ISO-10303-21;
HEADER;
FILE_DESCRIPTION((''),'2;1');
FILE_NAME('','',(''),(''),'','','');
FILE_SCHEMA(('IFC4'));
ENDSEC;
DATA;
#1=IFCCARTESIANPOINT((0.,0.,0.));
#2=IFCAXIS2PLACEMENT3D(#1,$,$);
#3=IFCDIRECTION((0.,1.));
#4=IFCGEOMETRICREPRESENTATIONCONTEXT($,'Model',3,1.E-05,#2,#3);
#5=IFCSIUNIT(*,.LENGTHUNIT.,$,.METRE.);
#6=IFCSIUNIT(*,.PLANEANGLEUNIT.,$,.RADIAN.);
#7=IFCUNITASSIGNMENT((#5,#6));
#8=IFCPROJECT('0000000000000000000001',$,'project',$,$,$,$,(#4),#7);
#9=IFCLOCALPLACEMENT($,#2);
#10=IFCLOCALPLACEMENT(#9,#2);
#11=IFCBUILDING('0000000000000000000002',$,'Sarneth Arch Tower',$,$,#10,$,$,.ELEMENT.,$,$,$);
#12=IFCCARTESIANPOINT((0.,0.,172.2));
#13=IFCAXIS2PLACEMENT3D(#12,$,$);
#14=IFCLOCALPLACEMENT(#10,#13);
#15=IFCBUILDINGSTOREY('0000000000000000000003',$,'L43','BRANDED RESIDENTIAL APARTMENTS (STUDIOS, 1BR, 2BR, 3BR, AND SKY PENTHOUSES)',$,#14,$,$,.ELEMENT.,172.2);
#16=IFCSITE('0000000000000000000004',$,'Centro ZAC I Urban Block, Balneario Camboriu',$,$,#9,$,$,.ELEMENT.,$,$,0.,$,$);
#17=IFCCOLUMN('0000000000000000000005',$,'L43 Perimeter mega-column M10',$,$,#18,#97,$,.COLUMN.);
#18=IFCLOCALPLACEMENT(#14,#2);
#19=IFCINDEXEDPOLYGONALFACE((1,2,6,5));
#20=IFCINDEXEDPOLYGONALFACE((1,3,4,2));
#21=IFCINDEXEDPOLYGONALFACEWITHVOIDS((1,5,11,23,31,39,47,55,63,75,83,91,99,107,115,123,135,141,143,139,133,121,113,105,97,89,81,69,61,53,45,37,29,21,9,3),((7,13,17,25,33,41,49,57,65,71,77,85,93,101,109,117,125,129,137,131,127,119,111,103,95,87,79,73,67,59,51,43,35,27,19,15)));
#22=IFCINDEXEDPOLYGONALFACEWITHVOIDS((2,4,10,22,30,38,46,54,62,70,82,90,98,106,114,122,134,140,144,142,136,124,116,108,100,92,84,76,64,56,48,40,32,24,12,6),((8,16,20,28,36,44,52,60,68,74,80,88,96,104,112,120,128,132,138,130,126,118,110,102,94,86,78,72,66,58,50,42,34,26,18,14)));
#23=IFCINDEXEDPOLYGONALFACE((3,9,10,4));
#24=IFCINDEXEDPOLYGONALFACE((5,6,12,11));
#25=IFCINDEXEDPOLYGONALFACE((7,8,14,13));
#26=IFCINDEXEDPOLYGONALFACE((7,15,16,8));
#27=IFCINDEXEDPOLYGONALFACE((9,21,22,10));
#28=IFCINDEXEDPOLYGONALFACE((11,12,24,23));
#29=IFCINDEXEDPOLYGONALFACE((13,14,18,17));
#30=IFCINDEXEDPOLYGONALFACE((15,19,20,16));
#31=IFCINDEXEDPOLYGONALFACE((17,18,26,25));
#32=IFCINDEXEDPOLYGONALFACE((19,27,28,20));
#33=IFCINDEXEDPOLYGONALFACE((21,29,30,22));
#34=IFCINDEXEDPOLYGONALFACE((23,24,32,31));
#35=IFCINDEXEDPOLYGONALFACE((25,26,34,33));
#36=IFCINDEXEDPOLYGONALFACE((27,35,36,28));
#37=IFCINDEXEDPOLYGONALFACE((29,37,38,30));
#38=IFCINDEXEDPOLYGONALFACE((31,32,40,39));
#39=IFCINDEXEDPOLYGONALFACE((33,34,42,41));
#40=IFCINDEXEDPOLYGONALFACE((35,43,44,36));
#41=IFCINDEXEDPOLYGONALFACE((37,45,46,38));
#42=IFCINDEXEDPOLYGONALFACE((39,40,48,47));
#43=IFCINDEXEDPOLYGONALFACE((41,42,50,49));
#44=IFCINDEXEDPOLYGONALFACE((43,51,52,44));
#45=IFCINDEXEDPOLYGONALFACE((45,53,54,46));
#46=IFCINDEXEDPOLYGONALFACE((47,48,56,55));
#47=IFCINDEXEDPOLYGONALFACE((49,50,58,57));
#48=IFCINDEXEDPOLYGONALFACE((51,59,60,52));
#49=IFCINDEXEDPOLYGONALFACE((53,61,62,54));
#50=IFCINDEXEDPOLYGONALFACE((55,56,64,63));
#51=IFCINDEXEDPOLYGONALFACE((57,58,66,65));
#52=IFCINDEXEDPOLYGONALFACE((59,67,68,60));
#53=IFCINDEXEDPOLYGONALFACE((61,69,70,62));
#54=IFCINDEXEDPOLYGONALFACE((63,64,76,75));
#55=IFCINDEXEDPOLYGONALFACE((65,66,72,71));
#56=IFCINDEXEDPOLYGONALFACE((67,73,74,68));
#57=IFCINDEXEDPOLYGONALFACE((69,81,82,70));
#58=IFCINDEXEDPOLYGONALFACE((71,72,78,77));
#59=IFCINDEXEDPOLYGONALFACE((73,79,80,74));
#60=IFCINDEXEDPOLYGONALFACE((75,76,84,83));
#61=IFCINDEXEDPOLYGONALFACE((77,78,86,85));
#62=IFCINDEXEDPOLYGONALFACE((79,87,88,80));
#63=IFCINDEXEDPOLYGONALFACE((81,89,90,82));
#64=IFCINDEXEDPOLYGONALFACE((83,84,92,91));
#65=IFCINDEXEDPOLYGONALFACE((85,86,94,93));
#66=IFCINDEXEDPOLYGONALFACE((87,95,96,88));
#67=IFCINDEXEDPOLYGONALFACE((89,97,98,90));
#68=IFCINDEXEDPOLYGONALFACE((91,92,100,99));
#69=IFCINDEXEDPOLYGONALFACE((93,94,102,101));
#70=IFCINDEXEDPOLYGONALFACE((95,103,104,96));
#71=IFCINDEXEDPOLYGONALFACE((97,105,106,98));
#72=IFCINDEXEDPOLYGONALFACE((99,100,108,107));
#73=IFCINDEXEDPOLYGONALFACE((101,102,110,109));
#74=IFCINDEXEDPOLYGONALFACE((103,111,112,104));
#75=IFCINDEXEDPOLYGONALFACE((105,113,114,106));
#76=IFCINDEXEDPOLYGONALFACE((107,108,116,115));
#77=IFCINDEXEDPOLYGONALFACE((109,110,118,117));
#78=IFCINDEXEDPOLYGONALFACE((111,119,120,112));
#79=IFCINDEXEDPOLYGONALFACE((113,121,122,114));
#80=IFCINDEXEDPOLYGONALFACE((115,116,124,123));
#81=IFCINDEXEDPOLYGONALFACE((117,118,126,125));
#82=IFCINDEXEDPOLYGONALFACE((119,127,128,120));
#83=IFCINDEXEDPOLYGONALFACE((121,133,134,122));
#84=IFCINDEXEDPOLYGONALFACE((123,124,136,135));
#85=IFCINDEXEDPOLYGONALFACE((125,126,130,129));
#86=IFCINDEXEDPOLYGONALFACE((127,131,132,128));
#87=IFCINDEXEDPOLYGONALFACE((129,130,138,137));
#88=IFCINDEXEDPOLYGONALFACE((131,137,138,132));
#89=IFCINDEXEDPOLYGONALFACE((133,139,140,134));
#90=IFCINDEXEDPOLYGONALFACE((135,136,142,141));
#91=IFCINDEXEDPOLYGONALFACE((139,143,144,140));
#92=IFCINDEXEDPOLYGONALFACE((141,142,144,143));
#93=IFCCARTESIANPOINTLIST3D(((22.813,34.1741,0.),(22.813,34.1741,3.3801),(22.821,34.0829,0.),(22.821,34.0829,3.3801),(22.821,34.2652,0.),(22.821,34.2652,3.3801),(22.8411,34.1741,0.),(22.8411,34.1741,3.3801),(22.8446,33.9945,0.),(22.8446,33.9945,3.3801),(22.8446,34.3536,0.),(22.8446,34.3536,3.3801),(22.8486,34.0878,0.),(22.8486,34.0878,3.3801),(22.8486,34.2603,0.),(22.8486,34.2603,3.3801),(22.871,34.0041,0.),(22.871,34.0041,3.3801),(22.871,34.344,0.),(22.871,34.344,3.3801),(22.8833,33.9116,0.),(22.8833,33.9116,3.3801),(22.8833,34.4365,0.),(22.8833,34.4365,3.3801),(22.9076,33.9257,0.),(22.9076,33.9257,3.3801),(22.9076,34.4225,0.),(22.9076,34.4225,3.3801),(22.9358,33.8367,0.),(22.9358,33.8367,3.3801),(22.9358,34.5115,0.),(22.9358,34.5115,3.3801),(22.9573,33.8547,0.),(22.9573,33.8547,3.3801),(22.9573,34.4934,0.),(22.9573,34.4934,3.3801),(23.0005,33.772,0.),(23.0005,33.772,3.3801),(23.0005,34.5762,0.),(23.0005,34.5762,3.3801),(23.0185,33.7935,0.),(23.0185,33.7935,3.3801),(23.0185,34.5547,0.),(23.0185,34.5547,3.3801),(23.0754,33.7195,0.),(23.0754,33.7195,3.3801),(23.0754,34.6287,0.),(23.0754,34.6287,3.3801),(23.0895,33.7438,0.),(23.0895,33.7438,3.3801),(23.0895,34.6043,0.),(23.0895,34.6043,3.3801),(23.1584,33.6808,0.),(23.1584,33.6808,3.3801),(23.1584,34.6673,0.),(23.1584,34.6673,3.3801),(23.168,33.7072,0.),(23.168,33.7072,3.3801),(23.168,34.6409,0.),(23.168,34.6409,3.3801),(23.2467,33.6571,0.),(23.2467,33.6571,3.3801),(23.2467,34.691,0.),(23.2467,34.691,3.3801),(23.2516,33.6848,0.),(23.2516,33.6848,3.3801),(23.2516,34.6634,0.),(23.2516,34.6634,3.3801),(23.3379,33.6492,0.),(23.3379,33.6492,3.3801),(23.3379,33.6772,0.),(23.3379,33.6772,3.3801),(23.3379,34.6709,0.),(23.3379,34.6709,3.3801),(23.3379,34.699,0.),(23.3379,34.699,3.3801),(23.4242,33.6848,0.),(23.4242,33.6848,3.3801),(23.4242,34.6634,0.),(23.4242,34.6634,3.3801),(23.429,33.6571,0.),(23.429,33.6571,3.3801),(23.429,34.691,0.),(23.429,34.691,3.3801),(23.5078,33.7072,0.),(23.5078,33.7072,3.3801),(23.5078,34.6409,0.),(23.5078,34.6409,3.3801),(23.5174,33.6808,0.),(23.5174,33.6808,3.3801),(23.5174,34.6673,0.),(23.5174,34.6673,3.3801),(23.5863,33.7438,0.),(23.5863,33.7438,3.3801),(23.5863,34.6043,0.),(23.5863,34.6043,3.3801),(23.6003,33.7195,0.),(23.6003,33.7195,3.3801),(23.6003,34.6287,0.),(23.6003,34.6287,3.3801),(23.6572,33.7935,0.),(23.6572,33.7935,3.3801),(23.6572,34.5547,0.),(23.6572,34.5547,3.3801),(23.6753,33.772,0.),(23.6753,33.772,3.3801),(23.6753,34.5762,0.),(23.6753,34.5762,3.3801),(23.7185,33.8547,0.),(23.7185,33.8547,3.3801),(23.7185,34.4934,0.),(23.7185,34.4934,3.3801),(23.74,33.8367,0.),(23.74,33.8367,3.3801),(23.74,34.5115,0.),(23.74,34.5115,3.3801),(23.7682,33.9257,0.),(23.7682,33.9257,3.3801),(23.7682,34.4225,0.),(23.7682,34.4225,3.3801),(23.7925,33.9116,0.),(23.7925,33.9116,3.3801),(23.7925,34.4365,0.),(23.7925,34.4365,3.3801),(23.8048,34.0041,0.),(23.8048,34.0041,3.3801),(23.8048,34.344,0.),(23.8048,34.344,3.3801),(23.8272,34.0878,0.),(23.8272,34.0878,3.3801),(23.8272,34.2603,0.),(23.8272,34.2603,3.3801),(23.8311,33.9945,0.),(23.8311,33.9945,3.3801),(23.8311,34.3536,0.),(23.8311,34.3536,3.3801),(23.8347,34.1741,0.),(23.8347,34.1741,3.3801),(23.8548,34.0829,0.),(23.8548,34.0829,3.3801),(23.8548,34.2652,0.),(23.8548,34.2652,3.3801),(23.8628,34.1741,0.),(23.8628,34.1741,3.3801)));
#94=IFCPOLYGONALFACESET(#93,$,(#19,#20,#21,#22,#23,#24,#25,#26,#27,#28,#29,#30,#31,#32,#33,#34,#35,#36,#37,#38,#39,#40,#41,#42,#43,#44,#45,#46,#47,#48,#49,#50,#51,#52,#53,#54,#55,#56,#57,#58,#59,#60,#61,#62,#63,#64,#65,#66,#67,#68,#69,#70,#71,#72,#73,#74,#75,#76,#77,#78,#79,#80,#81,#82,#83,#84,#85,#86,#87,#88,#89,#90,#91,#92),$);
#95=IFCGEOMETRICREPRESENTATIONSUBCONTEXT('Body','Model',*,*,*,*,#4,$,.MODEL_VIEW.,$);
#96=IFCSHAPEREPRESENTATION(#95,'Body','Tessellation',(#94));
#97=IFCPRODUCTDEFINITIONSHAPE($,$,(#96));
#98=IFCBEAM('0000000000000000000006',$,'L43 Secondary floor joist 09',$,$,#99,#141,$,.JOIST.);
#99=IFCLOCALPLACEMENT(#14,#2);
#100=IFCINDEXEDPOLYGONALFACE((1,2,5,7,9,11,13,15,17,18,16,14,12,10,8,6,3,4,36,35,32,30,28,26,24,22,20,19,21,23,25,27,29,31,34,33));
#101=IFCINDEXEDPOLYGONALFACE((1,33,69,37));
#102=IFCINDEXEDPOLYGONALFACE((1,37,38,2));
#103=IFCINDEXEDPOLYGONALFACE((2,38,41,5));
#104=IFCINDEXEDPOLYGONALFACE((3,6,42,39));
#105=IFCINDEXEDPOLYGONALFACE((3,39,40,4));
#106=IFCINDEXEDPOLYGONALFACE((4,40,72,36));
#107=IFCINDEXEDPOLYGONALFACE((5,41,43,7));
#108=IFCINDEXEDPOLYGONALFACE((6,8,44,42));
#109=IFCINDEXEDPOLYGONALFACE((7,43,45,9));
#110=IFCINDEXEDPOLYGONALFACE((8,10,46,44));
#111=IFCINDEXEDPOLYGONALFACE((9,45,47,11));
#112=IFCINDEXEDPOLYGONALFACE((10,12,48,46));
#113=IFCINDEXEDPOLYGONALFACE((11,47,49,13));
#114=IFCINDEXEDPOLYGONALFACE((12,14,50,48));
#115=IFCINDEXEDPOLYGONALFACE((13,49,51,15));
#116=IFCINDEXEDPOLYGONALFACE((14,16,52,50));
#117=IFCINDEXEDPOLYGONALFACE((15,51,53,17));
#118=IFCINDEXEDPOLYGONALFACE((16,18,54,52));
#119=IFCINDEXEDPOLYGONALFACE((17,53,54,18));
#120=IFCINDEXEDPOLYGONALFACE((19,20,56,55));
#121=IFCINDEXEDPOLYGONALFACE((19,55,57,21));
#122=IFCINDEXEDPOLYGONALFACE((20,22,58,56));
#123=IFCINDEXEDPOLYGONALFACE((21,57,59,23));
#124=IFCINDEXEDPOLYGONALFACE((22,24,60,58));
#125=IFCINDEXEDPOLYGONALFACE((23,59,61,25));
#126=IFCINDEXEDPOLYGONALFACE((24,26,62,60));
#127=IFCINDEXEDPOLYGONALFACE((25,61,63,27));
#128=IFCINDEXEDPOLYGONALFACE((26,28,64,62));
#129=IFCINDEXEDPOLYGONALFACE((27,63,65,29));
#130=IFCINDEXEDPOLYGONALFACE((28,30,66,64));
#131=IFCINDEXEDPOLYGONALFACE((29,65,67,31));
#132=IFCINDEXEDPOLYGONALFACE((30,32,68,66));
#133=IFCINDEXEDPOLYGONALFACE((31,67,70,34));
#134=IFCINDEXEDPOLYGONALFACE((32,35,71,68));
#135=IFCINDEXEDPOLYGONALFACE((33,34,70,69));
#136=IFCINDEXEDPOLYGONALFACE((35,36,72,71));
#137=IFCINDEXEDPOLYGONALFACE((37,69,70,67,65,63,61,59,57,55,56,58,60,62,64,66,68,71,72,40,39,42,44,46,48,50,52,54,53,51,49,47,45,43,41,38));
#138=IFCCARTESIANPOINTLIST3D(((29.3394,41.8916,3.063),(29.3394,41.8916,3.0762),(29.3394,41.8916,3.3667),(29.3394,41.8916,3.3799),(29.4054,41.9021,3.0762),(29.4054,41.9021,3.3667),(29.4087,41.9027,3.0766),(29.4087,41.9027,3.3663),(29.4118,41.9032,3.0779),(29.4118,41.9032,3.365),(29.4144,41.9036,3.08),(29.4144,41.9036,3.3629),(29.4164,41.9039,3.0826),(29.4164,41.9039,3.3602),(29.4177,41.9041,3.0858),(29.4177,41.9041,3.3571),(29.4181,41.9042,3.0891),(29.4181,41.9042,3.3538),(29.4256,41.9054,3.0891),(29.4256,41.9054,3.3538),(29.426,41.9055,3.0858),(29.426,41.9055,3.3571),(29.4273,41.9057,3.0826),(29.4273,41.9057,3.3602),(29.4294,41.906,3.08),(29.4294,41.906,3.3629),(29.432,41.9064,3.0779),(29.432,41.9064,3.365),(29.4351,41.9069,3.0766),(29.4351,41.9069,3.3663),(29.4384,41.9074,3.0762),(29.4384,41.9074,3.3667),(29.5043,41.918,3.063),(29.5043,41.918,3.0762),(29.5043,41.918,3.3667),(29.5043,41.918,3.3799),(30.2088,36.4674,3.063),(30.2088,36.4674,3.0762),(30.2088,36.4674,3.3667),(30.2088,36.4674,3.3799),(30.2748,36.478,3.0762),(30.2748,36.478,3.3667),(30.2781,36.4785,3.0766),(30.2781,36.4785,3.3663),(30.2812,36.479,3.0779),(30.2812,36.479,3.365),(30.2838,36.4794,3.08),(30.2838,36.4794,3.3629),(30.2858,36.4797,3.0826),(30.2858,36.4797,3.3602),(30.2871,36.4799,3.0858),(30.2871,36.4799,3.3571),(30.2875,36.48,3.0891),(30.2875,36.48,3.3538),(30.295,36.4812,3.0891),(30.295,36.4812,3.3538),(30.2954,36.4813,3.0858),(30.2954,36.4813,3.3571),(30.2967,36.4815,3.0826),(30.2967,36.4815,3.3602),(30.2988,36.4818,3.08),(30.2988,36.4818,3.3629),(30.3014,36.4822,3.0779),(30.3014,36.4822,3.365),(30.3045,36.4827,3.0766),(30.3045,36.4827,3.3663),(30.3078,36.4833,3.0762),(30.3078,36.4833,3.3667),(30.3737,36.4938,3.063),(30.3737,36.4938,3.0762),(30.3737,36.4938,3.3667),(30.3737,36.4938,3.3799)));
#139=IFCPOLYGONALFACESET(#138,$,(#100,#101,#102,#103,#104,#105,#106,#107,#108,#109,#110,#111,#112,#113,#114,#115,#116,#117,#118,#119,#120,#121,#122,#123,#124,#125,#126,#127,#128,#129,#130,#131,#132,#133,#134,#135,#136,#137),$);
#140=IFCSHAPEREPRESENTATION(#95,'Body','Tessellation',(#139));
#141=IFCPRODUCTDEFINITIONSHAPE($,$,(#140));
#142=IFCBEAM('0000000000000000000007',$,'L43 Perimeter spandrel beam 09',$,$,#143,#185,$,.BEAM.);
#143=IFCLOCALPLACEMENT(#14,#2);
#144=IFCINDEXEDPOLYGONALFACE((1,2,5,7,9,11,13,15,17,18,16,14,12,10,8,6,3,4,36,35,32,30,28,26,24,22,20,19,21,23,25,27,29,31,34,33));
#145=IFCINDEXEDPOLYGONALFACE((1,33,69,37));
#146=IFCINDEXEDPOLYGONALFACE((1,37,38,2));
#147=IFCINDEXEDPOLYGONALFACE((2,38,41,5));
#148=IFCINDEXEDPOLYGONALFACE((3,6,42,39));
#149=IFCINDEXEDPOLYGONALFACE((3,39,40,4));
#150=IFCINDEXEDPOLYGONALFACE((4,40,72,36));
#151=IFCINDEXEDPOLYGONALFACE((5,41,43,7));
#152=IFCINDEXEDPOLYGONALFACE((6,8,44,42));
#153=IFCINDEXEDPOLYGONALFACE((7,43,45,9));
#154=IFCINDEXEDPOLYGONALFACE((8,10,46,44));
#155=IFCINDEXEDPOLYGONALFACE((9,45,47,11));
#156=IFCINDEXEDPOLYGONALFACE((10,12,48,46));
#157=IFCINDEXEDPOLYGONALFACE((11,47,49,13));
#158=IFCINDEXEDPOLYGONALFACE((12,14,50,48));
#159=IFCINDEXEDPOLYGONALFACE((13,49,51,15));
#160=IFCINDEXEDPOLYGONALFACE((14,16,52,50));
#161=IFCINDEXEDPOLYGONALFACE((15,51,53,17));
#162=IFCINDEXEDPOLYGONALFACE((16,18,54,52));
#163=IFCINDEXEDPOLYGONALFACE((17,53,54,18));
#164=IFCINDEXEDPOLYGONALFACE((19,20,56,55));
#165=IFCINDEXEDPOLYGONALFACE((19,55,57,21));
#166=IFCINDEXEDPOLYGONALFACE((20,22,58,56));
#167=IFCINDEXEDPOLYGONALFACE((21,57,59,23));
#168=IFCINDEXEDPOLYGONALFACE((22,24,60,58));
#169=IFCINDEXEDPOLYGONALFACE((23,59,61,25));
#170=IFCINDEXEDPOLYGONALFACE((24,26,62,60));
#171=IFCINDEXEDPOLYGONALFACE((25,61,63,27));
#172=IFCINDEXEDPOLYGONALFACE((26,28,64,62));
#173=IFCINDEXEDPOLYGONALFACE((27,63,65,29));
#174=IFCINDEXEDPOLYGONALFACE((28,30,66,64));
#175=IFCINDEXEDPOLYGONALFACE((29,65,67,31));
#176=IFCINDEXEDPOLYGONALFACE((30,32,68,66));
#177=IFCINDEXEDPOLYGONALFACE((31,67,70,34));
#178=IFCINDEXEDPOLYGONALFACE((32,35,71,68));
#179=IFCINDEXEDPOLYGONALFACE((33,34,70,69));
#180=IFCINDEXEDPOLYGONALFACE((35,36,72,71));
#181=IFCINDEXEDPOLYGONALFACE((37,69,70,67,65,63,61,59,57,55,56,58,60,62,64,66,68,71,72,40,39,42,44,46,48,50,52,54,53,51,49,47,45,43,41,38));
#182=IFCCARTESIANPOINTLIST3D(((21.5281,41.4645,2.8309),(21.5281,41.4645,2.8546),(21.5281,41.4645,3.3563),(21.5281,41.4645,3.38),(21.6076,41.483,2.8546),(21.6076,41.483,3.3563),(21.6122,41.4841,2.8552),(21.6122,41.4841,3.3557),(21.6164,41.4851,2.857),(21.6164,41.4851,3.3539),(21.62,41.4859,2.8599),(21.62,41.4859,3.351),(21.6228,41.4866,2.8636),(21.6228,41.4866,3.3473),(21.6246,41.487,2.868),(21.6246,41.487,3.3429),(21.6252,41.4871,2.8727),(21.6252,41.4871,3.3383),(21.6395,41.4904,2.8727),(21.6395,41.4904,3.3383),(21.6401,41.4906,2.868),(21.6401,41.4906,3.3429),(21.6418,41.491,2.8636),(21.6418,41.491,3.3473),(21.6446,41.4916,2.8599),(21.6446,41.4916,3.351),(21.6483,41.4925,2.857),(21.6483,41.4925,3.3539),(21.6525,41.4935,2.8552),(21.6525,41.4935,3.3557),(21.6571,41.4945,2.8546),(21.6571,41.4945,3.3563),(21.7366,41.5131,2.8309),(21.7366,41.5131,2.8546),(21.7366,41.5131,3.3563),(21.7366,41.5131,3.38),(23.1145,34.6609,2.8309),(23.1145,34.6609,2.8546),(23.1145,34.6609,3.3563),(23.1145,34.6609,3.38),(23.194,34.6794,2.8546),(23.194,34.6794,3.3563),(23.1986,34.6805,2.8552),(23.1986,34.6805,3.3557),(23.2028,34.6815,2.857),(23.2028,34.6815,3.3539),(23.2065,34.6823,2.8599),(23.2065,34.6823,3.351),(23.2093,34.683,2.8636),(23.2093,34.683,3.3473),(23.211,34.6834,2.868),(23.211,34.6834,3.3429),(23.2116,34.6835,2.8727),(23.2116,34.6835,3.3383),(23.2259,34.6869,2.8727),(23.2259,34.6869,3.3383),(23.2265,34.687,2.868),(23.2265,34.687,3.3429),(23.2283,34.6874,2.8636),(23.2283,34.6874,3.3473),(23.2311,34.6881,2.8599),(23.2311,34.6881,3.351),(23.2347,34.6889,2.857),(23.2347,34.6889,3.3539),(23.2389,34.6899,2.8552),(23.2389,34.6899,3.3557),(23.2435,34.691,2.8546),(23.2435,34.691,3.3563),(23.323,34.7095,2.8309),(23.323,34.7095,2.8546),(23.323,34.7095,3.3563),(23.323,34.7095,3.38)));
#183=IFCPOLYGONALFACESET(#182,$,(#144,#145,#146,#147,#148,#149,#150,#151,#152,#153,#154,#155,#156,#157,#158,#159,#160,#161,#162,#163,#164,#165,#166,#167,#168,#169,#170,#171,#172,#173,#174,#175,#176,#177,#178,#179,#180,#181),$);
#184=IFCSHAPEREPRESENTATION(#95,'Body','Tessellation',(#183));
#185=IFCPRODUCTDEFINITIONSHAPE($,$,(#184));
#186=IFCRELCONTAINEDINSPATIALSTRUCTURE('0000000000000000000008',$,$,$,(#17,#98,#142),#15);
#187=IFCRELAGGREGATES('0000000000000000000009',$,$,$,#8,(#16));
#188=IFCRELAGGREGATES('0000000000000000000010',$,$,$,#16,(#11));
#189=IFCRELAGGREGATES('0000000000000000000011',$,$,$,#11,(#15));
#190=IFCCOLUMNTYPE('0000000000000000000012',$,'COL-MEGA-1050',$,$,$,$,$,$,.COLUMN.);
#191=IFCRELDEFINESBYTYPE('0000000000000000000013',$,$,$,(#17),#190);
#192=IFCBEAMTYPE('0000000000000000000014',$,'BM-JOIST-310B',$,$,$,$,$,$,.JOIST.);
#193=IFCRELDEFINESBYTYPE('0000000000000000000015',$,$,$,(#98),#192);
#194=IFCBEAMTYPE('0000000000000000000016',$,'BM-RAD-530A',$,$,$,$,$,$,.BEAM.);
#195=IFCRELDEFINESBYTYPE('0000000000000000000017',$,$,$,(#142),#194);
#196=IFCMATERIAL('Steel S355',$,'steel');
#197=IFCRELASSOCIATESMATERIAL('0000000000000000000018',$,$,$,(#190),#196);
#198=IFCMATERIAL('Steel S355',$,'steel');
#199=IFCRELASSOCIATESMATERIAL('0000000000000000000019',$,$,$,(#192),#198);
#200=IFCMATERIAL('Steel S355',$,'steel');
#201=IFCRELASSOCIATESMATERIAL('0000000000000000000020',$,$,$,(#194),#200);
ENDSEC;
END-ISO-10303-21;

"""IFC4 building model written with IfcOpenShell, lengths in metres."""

from ifc_helpers import new_model, si_unit, direction, frame, origin, origin_2d, place, context, subcontext, project, spatial, hollow_circle, i_section, extrude, material, material_profile, profile_set, type_object, element, save


model = new_model("IFC4")

# Units and contexts
model_context = context("Model", 3, precision=1e-05, world=origin(), true_north=direction((0.0, 1.0)))
body_context = subcontext(model_context, "Body", "Model", "MODEL_VIEW")
ifc_project = project(units=[si_unit("LENGTHUNIT", "METRE"), si_unit("PLANEANGLEUNIT", "RADIAN")], contexts=[model_context])

# Site, building, storey
site_placement = place(None, origin())
site = spatial("IfcSite", under=ifc_project, at=site_placement, Name="Centro ZAC I Urban Block, Balneario Camboriu", CompositionType="ELEMENT", RefElevation=0.0)
building_placement = place(site_placement, origin())
building = spatial("IfcBuilding", under=site, at=building_placement, Name="Sarneth Arch Tower", CompositionType="ELEMENT")
storey_placement = place(building_placement, frame((0.0, 0.0, 172.2)))
storey = spatial("IfcBuildingStorey", under=building, at=storey_placement, Name="L43", Description="BRANDED RESIDENTIAL APARTMENTS (STUDIOS, 1BR, 2BR, 3BR, AND SKY PENTHOUSES)", CompositionType="ELEMENT", Elevation=172.2)

# Column
ifc_material_1 = material(Name="Steel S355", Category="steel")
ifc_material_profile_1 = material_profile(ifc_material_1, hollow_circle(Radius=0.5249, WallThickness=0.0281, at=origin_2d()), Name="CHS1050x28")
ifc_profile_set_1 = profile_set([ifc_material_profile_1], Name="Steel S355")
column_type = type_object("IfcColumnType", Name="COL-MEGA-1050", PredefinedType="COLUMN", material=ifc_profile_set_1)
column_placement = place(storey_placement, frame((23.3379, 34.1741, 0.0), z_axis=(0.0, 0.0, 1.0), x_axis=(1.0, 0.0, 0.0)))
element("IfcColumn", 1, at=column_placement, inside=storey, type_object=column_type, Name="L43 Perimeter mega-column M10", PredefinedType="COLUMN", context=body_context, shape_type="SweptSolid", body=[
    extrude(hollow_circle(Radius=0.5249, WallThickness=0.0281, at=origin_2d()), origin(), (0.0, 0.0, 1.0), 3.3801),
])

# Beams
ifc_material_2 = material(Name="Steel S355", Category="steel")
ifc_material_profile_2 = material_profile(ifc_material_2, i_section(OverallWidth=0.167, OverallDepth=0.3169, WebThickness=0.0076, FlangeThickness=0.0132, FilletRadius=0.0129, at=origin_2d()), Name="W310x52")
ifc_profile_set_2 = profile_set([ifc_material_profile_2], Name="Steel S355")
beam_type_1 = type_object("IfcBeamType", Name="BM-JOIST-310B", PredefinedType="JOIST", material=ifc_profile_set_2)
beam_1_placement = place(storey_placement, frame((29.4219, 41.9048, 3.2214), z_axis=(0.158263, -0.987397, 0.0), x_axis=(0.987397, 0.158263, 0.0)))
element("IfcBeam", 2, at=beam_1_placement, inside=storey, type_object=beam_type_1, Name="L43 Secondary floor joist 09", PredefinedType="JOIST", context=body_context, shape_type="SweptSolid", body=[
    extrude(i_section(OverallWidth=0.167, OverallDepth=0.3169, WebThickness=0.0076, FlangeThickness=0.0132, FilletRadius=0.0129, at=origin_2d()), origin(), (0.0, 0.0, 1.0), 5.4934),
])
ifc_material_3 = material(Name="Steel S355", Category="steel")
ifc_material_profile_3 = material_profile(ifc_material_3, i_section(OverallWidth=0.2141, OverallDepth=0.5491, WebThickness=0.0146, FlangeThickness=0.0237, FilletRadius=0.0181, at=origin_2d()), Name="W530x138")
ifc_profile_set_3 = profile_set([ifc_material_profile_3], Name="Steel S355")
beam_type_2 = type_object("IfcBeamType", Name="BM-RAD-530A", PredefinedType="BEAM", material=ifc_profile_set_3)
beam_2_placement = place(storey_placement, frame((21.6323, 41.4888, 3.1055), z_axis=(0.227087, -0.973874, 0.0), x_axis=(0.973874, 0.227087, 0.0)))
element("IfcBeam", 3, at=beam_2_placement, inside=storey, type_object=beam_type_2, Name="L43 Perimeter spandrel beam 09", PredefinedType="BEAM", context=body_context, shape_type="SweptSolid", body=[
    extrude(i_section(OverallWidth=0.2141, OverallDepth=0.5491, WebThickness=0.0146, FlangeThickness=0.0237, FilletRadius=0.0181, at=origin_2d()), origin(), (0.0, 0.0, 1.0), 6.9861),
])

save(model, "model.ifc")
